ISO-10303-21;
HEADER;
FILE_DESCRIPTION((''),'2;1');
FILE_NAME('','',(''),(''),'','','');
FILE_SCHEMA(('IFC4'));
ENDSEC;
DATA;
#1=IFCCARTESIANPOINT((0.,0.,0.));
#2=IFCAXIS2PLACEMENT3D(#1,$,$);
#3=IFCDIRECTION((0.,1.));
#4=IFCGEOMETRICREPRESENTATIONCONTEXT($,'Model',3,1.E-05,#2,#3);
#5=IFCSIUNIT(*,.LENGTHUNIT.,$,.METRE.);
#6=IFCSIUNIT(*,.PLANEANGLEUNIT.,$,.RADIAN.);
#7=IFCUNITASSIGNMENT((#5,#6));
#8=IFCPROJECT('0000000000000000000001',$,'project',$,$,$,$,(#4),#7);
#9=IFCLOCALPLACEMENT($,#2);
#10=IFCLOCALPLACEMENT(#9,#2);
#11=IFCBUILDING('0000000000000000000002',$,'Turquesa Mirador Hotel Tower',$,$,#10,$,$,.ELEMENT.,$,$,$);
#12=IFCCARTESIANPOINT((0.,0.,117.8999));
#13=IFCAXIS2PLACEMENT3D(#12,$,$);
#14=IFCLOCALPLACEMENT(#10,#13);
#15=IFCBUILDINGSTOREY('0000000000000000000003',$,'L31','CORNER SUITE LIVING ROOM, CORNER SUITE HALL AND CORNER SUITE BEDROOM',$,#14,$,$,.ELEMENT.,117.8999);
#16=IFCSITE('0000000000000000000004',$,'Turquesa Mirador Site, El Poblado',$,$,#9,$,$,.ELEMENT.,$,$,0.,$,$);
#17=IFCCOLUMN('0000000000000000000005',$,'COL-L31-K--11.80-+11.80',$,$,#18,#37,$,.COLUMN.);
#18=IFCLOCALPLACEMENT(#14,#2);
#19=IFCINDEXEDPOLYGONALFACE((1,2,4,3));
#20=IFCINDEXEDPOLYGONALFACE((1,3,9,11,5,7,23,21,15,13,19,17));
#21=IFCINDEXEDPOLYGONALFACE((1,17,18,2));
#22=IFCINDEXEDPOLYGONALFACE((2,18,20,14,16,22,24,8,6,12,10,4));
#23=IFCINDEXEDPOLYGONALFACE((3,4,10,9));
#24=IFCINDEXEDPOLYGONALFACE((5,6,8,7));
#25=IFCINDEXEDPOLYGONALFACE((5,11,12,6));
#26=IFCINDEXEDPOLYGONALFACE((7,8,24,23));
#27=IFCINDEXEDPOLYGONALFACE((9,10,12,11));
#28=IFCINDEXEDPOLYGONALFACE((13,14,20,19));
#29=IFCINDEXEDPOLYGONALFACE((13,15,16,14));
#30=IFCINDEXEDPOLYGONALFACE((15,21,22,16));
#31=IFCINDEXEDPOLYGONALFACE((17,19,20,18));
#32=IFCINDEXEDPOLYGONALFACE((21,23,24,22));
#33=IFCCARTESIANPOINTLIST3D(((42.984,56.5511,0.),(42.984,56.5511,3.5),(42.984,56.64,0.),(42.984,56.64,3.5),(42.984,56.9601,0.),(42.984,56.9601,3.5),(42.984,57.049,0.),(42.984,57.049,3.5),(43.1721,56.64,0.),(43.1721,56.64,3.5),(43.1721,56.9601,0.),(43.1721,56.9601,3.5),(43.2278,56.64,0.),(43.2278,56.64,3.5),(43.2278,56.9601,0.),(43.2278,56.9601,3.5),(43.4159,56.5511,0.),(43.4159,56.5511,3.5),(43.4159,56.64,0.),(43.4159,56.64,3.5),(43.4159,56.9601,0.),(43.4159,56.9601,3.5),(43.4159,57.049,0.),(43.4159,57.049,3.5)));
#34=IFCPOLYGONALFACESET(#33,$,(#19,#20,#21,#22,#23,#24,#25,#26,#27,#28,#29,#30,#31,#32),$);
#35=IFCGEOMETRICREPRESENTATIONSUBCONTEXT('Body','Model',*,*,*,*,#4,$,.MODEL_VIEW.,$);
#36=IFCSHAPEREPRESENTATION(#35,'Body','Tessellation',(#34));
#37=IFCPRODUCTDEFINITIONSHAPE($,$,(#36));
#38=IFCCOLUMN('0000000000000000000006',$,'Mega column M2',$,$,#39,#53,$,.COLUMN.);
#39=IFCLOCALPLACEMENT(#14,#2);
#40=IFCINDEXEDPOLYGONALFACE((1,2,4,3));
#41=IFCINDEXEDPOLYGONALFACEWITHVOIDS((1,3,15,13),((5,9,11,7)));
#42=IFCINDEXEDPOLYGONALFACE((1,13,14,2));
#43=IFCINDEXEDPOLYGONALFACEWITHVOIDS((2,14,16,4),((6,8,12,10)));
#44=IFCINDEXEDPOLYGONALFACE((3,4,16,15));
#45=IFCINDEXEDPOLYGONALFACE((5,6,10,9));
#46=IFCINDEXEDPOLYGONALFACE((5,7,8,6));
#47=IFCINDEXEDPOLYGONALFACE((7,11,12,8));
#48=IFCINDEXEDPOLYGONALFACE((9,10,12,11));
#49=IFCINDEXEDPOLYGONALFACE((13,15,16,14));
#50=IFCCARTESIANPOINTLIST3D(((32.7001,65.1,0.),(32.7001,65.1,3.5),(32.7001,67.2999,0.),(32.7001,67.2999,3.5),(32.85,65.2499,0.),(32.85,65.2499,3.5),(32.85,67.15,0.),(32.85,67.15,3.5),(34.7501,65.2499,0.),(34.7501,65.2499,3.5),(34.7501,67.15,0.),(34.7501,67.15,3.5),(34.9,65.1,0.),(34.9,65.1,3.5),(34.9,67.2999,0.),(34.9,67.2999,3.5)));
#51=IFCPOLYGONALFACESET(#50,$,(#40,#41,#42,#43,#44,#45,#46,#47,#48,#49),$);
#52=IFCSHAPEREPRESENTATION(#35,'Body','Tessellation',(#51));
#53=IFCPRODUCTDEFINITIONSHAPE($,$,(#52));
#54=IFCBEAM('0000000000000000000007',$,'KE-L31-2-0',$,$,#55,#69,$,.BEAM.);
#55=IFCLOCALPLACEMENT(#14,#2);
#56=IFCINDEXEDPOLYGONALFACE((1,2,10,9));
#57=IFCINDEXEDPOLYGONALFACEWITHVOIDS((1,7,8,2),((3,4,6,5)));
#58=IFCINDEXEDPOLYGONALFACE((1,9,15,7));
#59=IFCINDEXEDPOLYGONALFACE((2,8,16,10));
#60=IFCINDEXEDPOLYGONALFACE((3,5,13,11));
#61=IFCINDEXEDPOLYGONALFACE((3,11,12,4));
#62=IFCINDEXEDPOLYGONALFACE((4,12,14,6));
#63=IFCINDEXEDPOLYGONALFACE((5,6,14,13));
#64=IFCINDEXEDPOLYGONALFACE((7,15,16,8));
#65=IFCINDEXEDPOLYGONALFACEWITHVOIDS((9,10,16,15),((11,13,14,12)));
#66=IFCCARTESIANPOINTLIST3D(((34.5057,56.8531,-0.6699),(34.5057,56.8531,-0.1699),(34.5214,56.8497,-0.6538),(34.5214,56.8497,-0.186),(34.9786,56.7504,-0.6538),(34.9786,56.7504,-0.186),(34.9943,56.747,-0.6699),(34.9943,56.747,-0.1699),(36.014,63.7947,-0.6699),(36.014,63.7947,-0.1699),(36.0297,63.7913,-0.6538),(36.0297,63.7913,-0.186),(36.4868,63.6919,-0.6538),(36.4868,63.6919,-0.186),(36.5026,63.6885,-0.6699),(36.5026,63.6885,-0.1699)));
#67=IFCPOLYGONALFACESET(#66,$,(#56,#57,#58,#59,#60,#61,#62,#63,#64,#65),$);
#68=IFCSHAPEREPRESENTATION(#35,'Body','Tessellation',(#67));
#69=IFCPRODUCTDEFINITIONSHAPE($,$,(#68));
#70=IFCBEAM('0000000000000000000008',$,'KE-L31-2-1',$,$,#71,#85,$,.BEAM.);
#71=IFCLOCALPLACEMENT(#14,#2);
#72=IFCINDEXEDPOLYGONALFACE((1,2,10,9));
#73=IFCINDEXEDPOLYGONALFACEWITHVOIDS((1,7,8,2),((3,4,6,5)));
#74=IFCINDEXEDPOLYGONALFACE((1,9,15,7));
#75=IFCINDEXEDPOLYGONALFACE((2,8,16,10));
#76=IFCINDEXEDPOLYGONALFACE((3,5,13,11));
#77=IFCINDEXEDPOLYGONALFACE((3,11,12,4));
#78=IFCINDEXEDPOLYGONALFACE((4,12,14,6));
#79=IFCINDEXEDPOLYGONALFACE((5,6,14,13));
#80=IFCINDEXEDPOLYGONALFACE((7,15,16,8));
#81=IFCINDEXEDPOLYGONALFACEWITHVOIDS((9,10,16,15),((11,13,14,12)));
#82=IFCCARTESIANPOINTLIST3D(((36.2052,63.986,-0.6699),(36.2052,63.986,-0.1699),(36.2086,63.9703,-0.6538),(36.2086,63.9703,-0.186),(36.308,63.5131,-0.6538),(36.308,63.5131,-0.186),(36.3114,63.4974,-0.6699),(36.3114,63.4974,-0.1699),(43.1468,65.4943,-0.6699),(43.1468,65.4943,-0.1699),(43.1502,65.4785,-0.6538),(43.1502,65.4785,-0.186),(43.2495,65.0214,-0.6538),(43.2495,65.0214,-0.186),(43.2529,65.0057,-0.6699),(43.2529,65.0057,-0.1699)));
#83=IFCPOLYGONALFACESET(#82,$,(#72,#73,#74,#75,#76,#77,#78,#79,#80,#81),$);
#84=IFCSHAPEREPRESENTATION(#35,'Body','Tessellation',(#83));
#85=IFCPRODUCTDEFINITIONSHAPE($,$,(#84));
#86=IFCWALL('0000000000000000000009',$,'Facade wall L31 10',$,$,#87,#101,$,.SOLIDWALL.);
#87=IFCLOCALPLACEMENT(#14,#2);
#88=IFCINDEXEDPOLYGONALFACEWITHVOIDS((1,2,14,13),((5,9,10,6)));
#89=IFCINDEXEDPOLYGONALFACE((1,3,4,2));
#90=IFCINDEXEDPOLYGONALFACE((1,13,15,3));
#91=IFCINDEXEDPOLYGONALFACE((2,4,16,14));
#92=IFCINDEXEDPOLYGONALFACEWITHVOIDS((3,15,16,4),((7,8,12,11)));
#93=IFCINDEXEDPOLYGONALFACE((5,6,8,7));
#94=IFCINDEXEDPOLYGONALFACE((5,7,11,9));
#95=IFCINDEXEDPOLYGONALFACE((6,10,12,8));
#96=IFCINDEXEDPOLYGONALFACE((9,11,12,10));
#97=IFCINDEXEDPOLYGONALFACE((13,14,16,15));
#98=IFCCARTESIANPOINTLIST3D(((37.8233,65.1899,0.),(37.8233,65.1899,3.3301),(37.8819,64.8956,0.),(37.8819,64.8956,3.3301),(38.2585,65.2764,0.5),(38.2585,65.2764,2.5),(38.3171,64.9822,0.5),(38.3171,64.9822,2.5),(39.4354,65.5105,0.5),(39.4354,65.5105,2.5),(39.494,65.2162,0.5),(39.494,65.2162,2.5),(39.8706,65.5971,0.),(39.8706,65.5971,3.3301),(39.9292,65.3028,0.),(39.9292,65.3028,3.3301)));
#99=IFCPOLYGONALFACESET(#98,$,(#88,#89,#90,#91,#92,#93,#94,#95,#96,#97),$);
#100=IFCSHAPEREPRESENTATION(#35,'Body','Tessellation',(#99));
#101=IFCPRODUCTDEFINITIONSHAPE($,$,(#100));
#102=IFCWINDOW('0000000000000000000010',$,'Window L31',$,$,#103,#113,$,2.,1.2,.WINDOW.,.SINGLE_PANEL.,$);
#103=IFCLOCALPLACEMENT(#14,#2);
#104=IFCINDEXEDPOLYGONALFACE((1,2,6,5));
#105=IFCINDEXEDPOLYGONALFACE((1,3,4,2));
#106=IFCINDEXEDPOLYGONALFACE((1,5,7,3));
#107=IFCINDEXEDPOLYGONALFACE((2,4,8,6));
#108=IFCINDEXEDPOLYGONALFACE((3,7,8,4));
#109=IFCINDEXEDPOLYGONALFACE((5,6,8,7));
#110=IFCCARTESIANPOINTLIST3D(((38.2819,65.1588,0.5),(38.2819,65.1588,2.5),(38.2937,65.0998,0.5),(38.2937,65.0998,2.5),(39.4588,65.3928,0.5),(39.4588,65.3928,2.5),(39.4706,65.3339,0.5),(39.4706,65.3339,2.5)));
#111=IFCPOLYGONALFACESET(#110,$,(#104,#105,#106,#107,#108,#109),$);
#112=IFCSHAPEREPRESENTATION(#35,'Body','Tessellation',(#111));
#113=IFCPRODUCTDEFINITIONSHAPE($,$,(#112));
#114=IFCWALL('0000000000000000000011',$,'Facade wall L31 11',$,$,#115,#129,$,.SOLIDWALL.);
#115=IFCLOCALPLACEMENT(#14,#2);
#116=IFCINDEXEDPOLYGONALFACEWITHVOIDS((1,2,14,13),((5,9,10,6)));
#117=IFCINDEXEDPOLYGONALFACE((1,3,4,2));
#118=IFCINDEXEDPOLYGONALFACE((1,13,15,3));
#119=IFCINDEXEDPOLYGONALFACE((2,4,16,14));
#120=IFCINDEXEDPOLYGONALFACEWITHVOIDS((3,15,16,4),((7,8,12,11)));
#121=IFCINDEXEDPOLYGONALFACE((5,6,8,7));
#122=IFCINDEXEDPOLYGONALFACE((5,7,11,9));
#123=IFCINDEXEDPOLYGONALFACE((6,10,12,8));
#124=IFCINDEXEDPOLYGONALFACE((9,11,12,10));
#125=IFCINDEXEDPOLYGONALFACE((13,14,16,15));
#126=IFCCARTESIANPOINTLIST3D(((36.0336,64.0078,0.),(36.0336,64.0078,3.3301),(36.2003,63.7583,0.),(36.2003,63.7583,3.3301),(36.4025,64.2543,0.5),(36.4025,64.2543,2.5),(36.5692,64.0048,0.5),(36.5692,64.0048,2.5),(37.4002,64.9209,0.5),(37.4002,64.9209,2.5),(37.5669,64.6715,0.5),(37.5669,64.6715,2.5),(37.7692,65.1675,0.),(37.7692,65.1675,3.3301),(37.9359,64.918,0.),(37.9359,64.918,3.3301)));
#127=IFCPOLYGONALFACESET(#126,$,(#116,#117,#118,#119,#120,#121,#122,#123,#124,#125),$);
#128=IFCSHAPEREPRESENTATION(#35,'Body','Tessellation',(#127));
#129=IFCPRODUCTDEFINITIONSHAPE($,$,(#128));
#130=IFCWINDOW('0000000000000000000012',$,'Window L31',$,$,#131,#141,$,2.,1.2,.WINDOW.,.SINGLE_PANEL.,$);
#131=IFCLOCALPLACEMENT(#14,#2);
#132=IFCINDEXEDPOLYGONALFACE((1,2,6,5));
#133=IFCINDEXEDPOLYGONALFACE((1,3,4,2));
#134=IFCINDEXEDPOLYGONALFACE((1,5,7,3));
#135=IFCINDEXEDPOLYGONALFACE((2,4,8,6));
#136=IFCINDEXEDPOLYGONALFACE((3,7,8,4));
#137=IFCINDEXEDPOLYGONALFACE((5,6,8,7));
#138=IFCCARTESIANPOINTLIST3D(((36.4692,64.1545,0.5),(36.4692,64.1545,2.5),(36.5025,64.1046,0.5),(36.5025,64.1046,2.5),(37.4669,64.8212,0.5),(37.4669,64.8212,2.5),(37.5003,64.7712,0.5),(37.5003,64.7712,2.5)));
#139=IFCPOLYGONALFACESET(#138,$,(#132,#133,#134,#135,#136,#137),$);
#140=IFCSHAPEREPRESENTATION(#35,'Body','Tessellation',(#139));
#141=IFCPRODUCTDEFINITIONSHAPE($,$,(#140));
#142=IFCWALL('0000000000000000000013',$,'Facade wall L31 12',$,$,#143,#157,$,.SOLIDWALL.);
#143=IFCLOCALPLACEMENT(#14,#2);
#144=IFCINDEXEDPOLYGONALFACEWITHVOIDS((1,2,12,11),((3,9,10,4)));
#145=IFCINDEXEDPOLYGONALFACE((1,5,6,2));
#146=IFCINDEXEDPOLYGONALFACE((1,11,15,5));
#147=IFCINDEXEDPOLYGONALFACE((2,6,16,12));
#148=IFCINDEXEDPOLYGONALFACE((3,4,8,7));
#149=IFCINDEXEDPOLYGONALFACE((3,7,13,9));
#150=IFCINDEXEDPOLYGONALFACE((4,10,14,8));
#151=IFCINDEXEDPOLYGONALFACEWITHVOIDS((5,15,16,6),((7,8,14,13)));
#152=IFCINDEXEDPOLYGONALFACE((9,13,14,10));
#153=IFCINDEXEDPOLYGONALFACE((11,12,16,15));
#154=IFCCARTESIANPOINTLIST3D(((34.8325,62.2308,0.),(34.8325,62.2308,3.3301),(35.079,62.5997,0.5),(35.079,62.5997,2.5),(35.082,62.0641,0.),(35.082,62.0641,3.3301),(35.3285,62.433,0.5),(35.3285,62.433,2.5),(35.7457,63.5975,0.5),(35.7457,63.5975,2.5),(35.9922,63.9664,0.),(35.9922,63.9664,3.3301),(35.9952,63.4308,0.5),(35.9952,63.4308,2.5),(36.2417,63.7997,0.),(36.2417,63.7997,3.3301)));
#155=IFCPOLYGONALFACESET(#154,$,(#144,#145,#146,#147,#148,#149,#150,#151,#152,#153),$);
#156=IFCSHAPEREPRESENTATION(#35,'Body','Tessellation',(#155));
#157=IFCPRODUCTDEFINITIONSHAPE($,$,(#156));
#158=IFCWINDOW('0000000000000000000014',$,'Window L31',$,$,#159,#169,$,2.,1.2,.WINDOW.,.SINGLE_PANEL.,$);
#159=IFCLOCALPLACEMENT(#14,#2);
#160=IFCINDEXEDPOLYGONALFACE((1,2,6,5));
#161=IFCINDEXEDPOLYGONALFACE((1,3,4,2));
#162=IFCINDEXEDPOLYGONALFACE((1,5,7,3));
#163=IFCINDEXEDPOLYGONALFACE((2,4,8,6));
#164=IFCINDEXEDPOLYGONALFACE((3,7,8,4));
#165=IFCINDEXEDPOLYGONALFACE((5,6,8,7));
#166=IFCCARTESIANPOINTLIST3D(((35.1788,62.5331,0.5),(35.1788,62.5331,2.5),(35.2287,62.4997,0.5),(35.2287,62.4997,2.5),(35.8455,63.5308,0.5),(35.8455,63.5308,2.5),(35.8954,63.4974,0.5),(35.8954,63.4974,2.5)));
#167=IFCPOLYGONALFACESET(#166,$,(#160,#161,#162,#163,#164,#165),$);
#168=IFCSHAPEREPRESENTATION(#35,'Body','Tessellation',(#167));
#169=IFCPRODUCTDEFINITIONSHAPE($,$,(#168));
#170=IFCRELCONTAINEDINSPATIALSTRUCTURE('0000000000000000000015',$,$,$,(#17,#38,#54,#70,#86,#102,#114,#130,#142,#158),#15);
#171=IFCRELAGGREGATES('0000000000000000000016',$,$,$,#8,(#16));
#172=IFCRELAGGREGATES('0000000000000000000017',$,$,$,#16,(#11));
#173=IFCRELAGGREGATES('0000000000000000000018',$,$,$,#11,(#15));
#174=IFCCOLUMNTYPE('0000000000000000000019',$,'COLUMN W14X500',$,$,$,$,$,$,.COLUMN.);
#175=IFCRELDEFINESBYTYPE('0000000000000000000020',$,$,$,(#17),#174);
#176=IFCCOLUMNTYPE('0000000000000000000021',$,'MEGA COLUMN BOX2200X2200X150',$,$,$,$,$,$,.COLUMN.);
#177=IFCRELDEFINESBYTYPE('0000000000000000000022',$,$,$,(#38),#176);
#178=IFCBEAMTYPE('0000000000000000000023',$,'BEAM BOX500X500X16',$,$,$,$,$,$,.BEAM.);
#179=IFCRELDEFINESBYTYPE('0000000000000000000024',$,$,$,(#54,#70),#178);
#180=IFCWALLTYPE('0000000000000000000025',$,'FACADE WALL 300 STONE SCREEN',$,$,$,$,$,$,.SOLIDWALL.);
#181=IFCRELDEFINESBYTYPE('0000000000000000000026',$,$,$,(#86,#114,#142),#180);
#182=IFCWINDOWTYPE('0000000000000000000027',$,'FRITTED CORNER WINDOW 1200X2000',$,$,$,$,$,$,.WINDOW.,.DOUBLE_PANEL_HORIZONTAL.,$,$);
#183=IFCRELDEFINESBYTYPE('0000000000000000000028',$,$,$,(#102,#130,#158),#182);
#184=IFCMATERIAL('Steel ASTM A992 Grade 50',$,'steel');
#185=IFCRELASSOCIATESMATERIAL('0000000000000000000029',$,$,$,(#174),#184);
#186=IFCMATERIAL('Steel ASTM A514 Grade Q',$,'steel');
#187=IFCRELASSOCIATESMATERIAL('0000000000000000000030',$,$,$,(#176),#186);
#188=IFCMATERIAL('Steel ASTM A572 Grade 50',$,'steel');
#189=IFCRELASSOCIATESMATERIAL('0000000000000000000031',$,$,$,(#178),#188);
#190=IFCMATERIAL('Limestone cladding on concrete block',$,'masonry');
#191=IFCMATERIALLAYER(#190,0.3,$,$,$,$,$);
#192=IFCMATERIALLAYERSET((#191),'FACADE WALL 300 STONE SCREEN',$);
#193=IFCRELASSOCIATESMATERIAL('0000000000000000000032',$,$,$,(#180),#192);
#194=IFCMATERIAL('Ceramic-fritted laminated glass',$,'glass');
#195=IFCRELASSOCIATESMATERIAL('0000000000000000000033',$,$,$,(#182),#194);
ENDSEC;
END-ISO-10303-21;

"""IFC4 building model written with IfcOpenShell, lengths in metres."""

from ifc_helpers import new_model, si_unit, direction, frame, frame_2d, origin, origin_2d, place, context, subcontext, project, spatial, rectangle, hollow_rectangle, i_section, extrude, material, layer, layer_set, material_profile, profile_set, type_object, element, fill, save


model = new_model("IFC4")

# Units and contexts
model_context = context("Model", 3, precision=1e-05, world=origin(), true_north=direction((0.0, 1.0)))
body_context = subcontext(model_context, "Body", "Model", "MODEL_VIEW")
ifc_project = project(units=[si_unit("LENGTHUNIT", "METRE"), si_unit("PLANEANGLEUNIT", "RADIAN")], contexts=[model_context])

# Site, building, storey
site_placement = place(None, origin())
site = spatial("IfcSite", under=ifc_project, at=site_placement, Name="Turquesa Mirador Site, El Poblado", CompositionType="ELEMENT", RefElevation=0.0)
building_placement = place(site_placement, origin())
building = spatial("IfcBuilding", under=site, at=building_placement, Name="Turquesa Mirador Hotel Tower", CompositionType="ELEMENT")
storey_placement = place(building_placement, frame((0.0, 0.0, 117.8999)))
storey = spatial("IfcBuildingStorey", under=building, at=storey_placement, Name="L31", Description="CORNER SUITE LIVING ROOM, CORNER SUITE HALL AND CORNER SUITE BEDROOM", CompositionType="ELEMENT", Elevation=117.8999)

# Columns
ifc_material_1 = material(Name="Steel ASTM A992 Grade 50", Category="steel")
ifc_material_profile_1 = material_profile(ifc_material_1, i_section(OverallWidth=0.4319, OverallDepth=0.4978, WebThickness=0.0557, FlangeThickness=0.0889, at=origin_2d()), Name="W14X500")
ifc_profile_set_1 = profile_set([ifc_material_profile_1], Name="Steel ASTM A992 Grade 50")
column_type_1 = type_object("IfcColumnType", Name="COLUMN W14X500", PredefinedType="COLUMN", material=ifc_profile_set_1)
column_1_placement = place(storey_placement, frame((43.2, 56.8, 0.0), z_axis=(0.0, 0.0, 1.0), x_axis=(1.0, 0.0, 0.0)))
element("IfcColumn", 1, at=column_1_placement, inside=storey, type_object=column_type_1, Name="COL-L31-K--11.80-+11.80", PredefinedType="COLUMN", context=body_context, shape_type="SweptSolid", body=[
    extrude(i_section(OverallWidth=0.4319, OverallDepth=0.4978, WebThickness=0.0557, FlangeThickness=0.0889, at=origin_2d()), origin(), (0.0, 0.0, 1.0), 3.5),
])
ifc_material_2 = material(Name="Steel ASTM A514 Grade Q", Category="steel")
ifc_material_profile_2 = material_profile(ifc_material_2, hollow_rectangle(XDim=2.2, YDim=2.2, WallThickness=0.1499, at=origin_2d()), Name="BOX2200X2200X150")
ifc_profile_set_2 = profile_set([ifc_material_profile_2], Name="Steel ASTM A514 Grade Q")
column_type_2 = type_object("IfcColumnType", Name="MEGA COLUMN BOX2200X2200X150", PredefinedType="COLUMN", material=ifc_profile_set_2)
column_2_placement = place(storey_placement, frame((33.8, 66.2, 0.0), z_axis=(0.0, 0.0, 1.0), x_axis=(1.0, 0.0, 0.0)))
element("IfcColumn", 2, at=column_2_placement, inside=storey, type_object=column_type_2, Name="Mega column M2", PredefinedType="COLUMN", context=body_context, shape_type="SweptSolid", body=[
    extrude(hollow_rectangle(XDim=2.2, YDim=2.2, WallThickness=0.1499, at=origin_2d()), origin(), (0.0, 0.0, 1.0), 3.5),
])

# Beams
ifc_material_3 = material(Name="Steel ASTM A572 Grade 50", Category="steel")
ifc_material_profile_3 = material_profile(ifc_material_3, hollow_rectangle(XDim=0.5, YDim=0.5, WallThickness=0.0161, at=origin_2d()), Name="BOX500X500X16")
ifc_profile_set_3 = profile_set([ifc_material_profile_3], Name="Steel ASTM A572 Grade 50")
beam_type = type_object("IfcBeamType", Name="BEAM BOX500X500X16", PredefinedType="BEAM", material=ifc_profile_set_3)
for number, where, z_axis, x_axis, name in (
    (3, (34.75, 56.8, -0.4199), (0.212328, 0.977198, 0.0), (-0.977198, 0.212328, 0.0), "KE-L31-2-0"),
    (4, (36.2583, 63.7417, -0.4199), (0.977198, 0.212328, 0.0), (-0.212328, 0.977198, 0.0), "KE-L31-2-1"),
):
    element("IfcBeam", number, at=place(storey_placement, frame(where, z_axis=z_axis, x_axis=x_axis)), inside=storey, type_object=beam_type, Name=name, PredefinedType="BEAM", context=body_context, shape_type="SweptSolid", body=[
        extrude(hollow_rectangle(XDim=0.5, YDim=0.5, WallThickness=0.0161, at=origin_2d()), origin(), (0.0, 0.0, 1.0), 7.1035),
    ])

# Walls, openings, windows
ifc_material_4 = material(Name="Limestone cladding on concrete block", Category="masonry")
ifc_layer = layer(ifc_material_4, 0.3)
ifc_layer_set = layer_set([ifc_layer], Name="FACADE WALL 300 STONE SCREEN")
wall_type = type_object("IfcWallType", Name="FACADE WALL 300 STONE SCREEN", PredefinedType="SOLIDWALL", material=ifc_layer_set)
wall_1_placement = place(storey_placement, frame((39.8999, 65.45, 0.0), z_axis=(0.0, 0.0, 1.0), x_axis=(-0.980787, -0.195081, 0.0)))
wall_1 = element("IfcWall", 5, at=wall_1_placement, inside=storey, type_object=wall_type, Name="Facade wall L31 10", PredefinedType="SOLIDWALL", context=body_context, shape_type="SweptSolid", body=[
    extrude(rectangle(XDim=2.0874, YDim=0.3, at=frame_2d((1.0437, 0.0))), origin(), (0.0, 0.0, 1.0), 3.3301),
])
opening_1_placement = place(wall_1_placement, frame((0.4436, 0.0, 0.5)))
opening_1 = element("IfcOpeningElement", 6, at=opening_1_placement, cuts=wall_1, PredefinedType="OPENING", context=body_context, shape_type="SweptSolid", body=[
    extrude(rectangle(XDim=1.2, YDim=2.0, at=frame_2d((0.6001, 1.0))), frame((0.0, 0.1599, 0.0), z_axis=(0.0, -1.0, 0.0), x_axis=(1.0, 0.0, 0.0)), (0.0, 0.0, 1.0), 0.3201),
])
ifc_material_5 = material(Name="Ceramic-fritted laminated glass", Category="glass")
window_type_1 = type_object("IfcWindowType", Name="FRITTED CORNER WINDOW 1200X2000", PartitioningType="DOUBLE_PANEL_HORIZONTAL", PredefinedType="WINDOW", material=ifc_material_5)
window_1_placement = place(opening_1_placement, origin())
window_1 = element("IfcWindow", 7, at=window_1_placement, inside=storey, type_object=window_type_1, Name="Window L31", OverallHeight=2.0, OverallWidth=1.2, PartitioningType="SINGLE_PANEL", PredefinedType="WINDOW", context=body_context, shape_type="SweptSolid", body=[
    extrude(rectangle(XDim=1.2, YDim=2.0, at=frame_2d((0.6001, 1.0))), frame((0.0, 0.03, 0.0), z_axis=(0.0, -1.0, 0.0), x_axis=(1.0, 0.0, 0.0)), (0.0, 0.0, 1.0), 0.0601),
])
fill(opening_1, window_1)
wall_2_placement = place(storey_placement, frame((37.8525, 65.0427, 0.0), z_axis=(0.0, 0.0, 1.0), x_axis=(-0.831474, -0.555564, 0.0)))
wall_2 = element("IfcWall", 8, at=wall_2_placement, inside=storey, type_object=wall_type, Name="Facade wall L31 11", PredefinedType="SOLIDWALL", context=body_context, shape_type="SweptSolid", body=[
    extrude(rectangle(XDim=2.0874, YDim=0.3, at=frame_2d((1.0437, 0.0))), origin(), (0.0, 0.0, 1.0), 3.3301),
])
opening_2_placement = place(wall_2_placement, frame((0.4436, 0.0, 0.5)))
opening_2 = element("IfcOpeningElement", 9, at=opening_2_placement, cuts=wall_2, PredefinedType="OPENING", context=body_context, shape_type="SweptSolid", body=[
    extrude(rectangle(XDim=1.2, YDim=2.0, at=frame_2d((0.6001, 1.0))), frame((0.0, 0.1599, 0.0), z_axis=(0.0, -1.0, 0.0), x_axis=(1.0, 0.0, 0.0)), (0.0, 0.0, 1.0), 0.3201),
])
window_2_placement = place(opening_2_placement, origin())
window_2 = element("IfcWindow", 10, at=window_2_placement, inside=storey, type_object=window_type_1, Name="Window L31", OverallHeight=2.0, OverallWidth=1.2, PartitioningType="SINGLE_PANEL", PredefinedType="WINDOW", context=body_context, shape_type="SweptSolid", body=[
    extrude(rectangle(XDim=1.2, YDim=2.0, at=frame_2d((0.6001, 1.0))), frame((0.0, 0.03, 0.0), z_axis=(0.0, -1.0, 0.0), x_axis=(1.0, 0.0, 0.0)), (0.0, 0.0, 1.0), 0.0601),
])
fill(opening_2, window_2)
wall_3_placement = place(storey_placement, frame((36.1169, 63.8831, 0.0), z_axis=(0.0, 0.0, 1.0), x_axis=(-0.555564, -0.831474, 0.0)))
wall_3 = element("IfcWall", 11, at=wall_3_placement, inside=storey, type_object=wall_type, Name="Facade wall L31 12", PredefinedType="SOLIDWALL", context=body_context, shape_type="SweptSolid", body=[
    extrude(rectangle(XDim=2.0874, YDim=0.3, at=frame_2d((1.0437, 0.0))), origin(), (0.0, 0.0, 1.0), 3.3301),
])
opening_3_placement = place(wall_3_placement, frame((0.4436, 0.0, 0.5)))
opening_3 = element("IfcOpeningElement", 12, at=opening_3_placement, cuts=wall_3, PredefinedType="OPENING", context=body_context, shape_type="SweptSolid", body=[
    extrude(rectangle(XDim=1.2, YDim=2.0, at=frame_2d((0.6001, 1.0))), frame((0.0, 0.1599, 0.0), z_axis=(0.0, -1.0, 0.0), x_axis=(1.0, 0.0, 0.0)), (0.0, 0.0, 1.0), 0.3201),
])
window_3_placement = place(opening_3_placement, origin())
window_3 = element("IfcWindow", 13, at=window_3_placement, inside=storey, type_object=window_type_1, Name="Window L31", OverallHeight=2.0, OverallWidth=1.2, PartitioningType="SINGLE_PANEL", PredefinedType="WINDOW", context=body_context, shape_type="SweptSolid", body=[
    extrude(rectangle(XDim=1.2, YDim=2.0, at=frame_2d((0.6001, 1.0))), frame((0.0, 0.03, 0.0), z_axis=(0.0, -1.0, 0.0), x_axis=(1.0, 0.0, 0.0)), (0.0, 0.0, 1.0), 0.0601),
])
fill(opening_3, window_3)

save(model, "model.ifc")
